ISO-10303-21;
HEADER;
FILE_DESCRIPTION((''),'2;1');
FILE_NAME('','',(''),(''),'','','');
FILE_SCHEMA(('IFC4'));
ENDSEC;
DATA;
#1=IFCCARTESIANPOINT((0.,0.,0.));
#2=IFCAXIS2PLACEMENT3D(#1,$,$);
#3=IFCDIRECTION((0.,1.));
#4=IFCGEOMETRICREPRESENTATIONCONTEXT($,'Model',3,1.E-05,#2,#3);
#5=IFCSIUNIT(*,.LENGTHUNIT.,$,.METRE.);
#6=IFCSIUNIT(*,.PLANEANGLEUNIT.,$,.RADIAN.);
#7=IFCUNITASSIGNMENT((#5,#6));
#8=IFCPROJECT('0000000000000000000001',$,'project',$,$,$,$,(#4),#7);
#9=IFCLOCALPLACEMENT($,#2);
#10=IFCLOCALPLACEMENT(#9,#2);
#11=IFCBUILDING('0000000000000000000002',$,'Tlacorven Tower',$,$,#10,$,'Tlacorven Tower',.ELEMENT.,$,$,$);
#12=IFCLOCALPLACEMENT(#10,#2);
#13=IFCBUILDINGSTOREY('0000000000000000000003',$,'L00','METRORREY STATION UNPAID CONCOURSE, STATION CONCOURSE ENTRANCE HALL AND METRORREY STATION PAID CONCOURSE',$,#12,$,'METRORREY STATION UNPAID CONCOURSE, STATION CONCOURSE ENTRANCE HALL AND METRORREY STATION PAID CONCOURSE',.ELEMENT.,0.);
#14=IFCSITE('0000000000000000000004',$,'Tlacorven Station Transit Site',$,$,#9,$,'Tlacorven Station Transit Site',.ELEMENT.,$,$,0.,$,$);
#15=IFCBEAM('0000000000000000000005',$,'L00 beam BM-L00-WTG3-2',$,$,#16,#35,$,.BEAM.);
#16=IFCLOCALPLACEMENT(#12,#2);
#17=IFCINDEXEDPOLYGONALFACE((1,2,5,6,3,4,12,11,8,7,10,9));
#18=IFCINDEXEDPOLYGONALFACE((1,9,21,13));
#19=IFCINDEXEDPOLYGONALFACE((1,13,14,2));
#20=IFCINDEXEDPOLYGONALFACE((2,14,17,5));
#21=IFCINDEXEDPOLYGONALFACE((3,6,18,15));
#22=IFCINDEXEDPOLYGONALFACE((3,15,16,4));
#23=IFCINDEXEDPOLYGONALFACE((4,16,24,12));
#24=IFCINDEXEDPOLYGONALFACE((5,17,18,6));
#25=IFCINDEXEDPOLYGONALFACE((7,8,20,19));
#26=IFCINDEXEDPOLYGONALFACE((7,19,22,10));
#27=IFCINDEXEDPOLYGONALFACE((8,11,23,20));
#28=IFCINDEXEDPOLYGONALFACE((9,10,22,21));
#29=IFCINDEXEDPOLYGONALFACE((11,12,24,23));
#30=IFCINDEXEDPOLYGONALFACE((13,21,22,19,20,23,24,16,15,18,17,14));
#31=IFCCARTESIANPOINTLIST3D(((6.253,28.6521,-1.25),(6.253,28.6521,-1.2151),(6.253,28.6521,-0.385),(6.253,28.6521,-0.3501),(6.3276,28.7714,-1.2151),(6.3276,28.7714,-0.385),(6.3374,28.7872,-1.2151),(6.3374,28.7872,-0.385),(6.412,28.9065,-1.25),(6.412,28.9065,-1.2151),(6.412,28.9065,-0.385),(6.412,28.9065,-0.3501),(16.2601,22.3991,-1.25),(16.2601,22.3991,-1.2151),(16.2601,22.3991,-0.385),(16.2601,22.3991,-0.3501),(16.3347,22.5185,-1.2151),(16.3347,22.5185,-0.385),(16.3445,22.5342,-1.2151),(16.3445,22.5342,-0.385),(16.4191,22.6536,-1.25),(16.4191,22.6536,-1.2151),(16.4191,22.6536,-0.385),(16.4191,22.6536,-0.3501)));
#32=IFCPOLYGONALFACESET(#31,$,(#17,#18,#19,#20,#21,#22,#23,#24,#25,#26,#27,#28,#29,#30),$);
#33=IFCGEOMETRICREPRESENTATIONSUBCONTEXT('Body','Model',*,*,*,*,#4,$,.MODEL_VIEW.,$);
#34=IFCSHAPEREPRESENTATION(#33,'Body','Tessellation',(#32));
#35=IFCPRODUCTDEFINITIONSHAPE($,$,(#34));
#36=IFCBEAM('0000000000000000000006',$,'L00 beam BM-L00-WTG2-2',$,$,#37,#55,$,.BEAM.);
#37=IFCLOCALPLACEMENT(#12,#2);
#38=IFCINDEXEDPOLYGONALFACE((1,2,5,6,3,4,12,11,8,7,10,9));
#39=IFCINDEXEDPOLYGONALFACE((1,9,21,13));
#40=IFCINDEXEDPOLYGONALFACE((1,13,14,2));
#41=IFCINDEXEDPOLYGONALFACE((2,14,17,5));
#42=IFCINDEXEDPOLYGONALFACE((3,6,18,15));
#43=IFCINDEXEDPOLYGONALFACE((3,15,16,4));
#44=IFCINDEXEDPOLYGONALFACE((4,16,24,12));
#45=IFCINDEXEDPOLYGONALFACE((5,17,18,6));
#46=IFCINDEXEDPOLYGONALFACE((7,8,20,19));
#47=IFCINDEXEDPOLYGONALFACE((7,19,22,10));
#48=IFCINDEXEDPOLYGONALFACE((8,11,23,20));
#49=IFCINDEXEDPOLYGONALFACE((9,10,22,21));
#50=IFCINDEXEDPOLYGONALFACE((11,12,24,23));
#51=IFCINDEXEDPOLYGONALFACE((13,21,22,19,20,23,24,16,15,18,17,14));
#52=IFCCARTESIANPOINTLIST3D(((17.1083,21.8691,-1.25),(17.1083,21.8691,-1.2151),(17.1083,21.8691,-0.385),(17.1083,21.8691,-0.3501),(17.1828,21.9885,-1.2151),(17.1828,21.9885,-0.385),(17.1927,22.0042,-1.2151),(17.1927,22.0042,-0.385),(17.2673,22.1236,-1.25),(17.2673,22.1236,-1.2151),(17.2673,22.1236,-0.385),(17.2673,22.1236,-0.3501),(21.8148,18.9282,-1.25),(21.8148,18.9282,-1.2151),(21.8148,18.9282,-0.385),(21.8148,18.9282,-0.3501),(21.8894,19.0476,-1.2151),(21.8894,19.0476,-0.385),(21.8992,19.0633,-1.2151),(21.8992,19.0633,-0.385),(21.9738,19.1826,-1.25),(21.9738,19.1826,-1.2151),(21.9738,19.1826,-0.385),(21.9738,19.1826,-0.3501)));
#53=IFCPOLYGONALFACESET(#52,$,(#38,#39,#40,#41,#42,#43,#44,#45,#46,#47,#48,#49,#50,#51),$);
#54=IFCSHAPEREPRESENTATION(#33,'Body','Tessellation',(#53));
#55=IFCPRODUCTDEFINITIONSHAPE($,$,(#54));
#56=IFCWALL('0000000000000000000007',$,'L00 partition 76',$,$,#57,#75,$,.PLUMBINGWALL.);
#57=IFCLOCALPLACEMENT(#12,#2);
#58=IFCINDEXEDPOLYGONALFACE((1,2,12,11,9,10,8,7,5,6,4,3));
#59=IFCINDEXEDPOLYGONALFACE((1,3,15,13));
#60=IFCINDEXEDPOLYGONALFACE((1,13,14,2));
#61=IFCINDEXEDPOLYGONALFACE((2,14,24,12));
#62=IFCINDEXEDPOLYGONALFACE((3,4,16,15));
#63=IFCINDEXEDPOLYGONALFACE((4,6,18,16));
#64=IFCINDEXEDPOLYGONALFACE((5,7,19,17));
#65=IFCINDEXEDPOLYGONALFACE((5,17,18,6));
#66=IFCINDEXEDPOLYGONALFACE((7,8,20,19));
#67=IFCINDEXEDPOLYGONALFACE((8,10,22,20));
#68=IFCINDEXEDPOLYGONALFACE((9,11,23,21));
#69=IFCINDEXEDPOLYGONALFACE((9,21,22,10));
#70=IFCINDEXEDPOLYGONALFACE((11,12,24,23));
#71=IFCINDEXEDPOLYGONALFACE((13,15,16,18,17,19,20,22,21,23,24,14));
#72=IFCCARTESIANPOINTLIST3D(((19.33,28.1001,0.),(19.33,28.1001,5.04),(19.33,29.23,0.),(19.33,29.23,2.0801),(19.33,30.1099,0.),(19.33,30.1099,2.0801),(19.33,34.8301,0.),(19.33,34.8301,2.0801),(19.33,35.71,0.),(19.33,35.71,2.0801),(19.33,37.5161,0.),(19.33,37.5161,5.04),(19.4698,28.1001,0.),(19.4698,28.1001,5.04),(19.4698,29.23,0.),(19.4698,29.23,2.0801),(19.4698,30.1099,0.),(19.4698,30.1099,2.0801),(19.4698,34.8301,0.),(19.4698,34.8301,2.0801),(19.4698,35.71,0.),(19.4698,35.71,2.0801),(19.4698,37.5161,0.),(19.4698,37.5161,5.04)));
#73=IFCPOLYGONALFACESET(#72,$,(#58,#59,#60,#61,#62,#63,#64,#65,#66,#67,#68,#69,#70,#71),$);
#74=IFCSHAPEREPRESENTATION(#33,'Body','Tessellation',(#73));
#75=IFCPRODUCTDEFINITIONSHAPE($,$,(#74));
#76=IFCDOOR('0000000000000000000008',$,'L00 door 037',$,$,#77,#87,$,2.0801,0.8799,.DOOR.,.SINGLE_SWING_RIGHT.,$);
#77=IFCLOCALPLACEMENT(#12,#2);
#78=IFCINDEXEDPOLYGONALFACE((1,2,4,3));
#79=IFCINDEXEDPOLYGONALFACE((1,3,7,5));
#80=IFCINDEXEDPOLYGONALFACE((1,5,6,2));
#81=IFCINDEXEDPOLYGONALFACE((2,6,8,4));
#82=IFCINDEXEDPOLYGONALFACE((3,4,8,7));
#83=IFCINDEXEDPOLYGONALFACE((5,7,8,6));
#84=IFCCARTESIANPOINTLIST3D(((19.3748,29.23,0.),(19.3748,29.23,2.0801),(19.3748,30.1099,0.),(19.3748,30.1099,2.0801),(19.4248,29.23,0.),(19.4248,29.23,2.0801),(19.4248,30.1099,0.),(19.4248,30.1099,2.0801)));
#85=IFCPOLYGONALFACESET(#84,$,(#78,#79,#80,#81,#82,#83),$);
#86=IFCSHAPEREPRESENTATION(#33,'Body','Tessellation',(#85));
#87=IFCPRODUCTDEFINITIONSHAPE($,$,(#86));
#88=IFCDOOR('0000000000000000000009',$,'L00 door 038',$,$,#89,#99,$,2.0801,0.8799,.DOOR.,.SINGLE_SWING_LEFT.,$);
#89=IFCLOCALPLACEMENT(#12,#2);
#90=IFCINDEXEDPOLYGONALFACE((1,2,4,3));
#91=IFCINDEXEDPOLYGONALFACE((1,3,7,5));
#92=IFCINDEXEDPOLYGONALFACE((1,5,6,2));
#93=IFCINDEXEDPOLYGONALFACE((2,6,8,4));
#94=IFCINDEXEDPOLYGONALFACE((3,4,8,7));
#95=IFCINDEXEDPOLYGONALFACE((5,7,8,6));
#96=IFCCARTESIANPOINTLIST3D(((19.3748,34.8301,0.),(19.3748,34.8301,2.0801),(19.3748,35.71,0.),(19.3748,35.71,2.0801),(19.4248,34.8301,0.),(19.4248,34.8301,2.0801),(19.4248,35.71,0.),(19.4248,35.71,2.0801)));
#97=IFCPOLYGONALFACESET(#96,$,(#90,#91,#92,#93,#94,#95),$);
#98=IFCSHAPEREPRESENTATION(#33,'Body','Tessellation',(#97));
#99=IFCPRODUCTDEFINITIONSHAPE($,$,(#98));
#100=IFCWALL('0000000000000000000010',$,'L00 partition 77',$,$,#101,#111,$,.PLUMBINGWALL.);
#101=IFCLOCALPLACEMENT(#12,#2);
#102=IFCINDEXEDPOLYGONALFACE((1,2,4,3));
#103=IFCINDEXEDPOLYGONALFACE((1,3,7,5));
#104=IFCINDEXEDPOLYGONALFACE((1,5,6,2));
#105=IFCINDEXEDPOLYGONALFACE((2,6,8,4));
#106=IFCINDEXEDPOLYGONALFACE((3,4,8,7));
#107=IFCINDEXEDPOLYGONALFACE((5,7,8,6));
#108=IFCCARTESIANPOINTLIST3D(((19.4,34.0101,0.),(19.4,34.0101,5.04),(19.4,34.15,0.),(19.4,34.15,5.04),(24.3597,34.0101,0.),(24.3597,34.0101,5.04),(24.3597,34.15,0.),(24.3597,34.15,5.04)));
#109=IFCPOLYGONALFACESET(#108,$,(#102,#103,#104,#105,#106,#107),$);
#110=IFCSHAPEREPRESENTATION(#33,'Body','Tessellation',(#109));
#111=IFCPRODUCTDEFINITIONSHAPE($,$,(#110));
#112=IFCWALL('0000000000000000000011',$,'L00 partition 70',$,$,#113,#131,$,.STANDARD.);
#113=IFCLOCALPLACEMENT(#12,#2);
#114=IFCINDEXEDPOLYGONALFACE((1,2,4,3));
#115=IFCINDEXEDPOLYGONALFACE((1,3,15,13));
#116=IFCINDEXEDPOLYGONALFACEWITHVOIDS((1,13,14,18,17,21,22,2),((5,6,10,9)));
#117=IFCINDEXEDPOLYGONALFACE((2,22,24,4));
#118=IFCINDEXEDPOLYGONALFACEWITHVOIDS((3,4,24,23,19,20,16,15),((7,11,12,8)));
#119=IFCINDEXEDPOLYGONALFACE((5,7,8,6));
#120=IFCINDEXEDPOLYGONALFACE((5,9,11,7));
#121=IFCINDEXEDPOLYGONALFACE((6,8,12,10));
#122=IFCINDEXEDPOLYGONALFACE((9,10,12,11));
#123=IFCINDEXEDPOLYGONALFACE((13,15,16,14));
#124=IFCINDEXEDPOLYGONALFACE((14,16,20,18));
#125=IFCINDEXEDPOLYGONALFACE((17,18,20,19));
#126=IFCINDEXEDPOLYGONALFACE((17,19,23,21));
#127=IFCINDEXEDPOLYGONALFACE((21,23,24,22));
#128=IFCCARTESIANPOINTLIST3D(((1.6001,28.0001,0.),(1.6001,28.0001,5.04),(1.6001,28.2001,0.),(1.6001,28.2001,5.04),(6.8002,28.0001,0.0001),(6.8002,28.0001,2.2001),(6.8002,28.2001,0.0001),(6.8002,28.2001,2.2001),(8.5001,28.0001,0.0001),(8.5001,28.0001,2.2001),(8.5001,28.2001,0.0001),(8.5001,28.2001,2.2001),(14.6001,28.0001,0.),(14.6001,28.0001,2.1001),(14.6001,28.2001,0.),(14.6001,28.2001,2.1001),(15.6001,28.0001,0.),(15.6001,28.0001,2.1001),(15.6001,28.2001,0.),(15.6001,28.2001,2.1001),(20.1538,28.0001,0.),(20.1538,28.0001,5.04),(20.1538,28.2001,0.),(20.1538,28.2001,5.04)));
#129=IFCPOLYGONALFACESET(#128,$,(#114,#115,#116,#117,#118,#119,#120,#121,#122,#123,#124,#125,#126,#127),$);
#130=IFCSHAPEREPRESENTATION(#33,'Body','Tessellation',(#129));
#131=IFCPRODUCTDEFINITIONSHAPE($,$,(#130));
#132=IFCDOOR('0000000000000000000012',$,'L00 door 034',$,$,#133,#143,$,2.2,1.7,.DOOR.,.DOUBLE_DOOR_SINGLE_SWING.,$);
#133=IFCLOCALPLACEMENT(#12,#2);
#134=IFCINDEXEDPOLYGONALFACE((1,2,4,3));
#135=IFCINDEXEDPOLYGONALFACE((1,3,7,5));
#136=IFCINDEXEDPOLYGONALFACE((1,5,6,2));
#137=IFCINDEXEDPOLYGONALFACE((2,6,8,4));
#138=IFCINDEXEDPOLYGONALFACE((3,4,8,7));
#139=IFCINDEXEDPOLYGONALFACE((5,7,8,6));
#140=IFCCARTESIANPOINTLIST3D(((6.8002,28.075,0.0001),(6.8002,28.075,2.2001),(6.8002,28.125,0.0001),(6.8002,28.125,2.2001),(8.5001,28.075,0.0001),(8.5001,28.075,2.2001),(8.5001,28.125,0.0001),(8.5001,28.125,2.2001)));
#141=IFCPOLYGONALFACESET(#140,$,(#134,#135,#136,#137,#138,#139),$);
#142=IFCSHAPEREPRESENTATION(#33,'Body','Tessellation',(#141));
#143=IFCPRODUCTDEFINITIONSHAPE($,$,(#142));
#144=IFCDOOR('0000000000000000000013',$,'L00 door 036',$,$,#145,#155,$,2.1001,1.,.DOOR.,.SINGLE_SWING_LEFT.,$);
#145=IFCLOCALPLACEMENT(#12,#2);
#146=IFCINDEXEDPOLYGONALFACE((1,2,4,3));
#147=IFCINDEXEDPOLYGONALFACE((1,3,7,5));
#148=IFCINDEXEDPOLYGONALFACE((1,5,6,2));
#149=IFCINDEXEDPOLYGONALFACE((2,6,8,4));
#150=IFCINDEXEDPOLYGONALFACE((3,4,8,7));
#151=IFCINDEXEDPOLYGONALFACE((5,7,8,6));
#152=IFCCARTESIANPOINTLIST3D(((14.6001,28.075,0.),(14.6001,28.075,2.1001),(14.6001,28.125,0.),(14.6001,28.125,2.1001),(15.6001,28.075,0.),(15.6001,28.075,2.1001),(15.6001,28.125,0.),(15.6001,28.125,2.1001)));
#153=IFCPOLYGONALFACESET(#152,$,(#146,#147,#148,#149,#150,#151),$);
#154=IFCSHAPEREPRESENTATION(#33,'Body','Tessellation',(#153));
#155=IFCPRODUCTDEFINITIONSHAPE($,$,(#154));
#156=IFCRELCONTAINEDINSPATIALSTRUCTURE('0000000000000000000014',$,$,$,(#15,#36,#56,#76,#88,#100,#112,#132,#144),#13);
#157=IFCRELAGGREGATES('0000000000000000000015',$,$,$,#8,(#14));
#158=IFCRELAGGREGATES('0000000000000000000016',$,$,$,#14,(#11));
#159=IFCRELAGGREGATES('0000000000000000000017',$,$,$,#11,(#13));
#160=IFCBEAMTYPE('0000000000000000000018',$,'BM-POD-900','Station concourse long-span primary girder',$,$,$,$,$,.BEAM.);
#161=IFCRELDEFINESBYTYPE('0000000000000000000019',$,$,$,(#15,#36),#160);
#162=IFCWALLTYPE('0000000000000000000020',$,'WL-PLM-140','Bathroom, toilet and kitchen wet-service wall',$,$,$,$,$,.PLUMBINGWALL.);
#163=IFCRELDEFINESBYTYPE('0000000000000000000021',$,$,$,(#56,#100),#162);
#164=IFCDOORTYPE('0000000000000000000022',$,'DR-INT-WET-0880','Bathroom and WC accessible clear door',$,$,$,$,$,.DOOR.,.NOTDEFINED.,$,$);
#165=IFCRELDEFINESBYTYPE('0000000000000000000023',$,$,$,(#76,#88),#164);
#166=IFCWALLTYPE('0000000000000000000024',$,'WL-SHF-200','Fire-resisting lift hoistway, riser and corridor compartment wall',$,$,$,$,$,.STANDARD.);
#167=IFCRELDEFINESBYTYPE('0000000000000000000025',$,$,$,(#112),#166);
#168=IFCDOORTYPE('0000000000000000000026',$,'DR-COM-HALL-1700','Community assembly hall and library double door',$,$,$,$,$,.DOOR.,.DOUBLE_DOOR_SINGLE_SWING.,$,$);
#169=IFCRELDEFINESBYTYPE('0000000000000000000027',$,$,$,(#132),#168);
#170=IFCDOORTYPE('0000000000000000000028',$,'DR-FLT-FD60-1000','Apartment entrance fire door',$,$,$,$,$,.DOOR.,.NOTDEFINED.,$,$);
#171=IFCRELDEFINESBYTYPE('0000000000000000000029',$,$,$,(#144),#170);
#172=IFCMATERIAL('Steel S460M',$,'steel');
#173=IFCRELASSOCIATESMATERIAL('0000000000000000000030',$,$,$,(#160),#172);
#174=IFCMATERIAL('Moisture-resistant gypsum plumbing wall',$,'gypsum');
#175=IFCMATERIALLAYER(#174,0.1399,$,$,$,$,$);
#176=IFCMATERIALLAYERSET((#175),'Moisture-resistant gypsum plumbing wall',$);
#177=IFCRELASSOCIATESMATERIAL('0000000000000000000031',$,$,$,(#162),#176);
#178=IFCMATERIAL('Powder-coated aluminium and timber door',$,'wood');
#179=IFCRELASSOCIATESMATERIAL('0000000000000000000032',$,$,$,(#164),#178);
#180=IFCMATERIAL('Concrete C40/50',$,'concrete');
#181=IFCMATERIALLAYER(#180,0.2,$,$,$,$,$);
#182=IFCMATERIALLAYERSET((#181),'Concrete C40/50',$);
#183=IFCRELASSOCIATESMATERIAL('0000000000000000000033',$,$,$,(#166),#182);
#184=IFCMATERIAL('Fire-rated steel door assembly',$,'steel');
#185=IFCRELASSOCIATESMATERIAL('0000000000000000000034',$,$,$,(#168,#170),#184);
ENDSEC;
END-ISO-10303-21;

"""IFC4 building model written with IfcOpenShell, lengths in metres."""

from ifc_helpers import new_model, si_unit, direction, frame, frame_2d, origin, origin_2d, place, context, subcontext, project, spatial, rectangle, i_section, extrude, source, transform, mapped, material, layer, layer_set, material_profile, profile_set, type_object, element, fill, save


model = new_model("IFC4")

# Units and contexts
model_context = context("Model", 3, precision=1e-05, world=origin(), true_north=direction((0.0, 1.0)))
body_context = subcontext(model_context, "Body", "Model", "MODEL_VIEW")
ifc_project = project(units=[si_unit("LENGTHUNIT", "METRE"), si_unit("PLANEANGLEUNIT", "RADIAN")], contexts=[model_context])

# Site, building, storey
site_placement = place(None, origin())
site = spatial("IfcSite", under=ifc_project, at=site_placement, Name="Tlacorven Station Transit Site", LongName="Tlacorven Station Transit Site", CompositionType="ELEMENT", RefElevation=0.0)
building_placement = place(site_placement, origin())
building = spatial("IfcBuilding", under=site, at=building_placement, Name="Tlacorven Tower", LongName="Tlacorven Tower", CompositionType="ELEMENT")
storey_placement = place(building_placement, origin())
storey = spatial("IfcBuildingStorey", under=building, at=storey_placement, Name="L00", Description="METRORREY STATION UNPAID CONCOURSE, STATION CONCOURSE ENTRANCE HALL AND METRORREY STATION PAID CONCOURSE", LongName="METRORREY STATION UNPAID CONCOURSE, STATION CONCOURSE ENTRANCE HALL AND METRORREY STATION PAID CONCOURSE", CompositionType="ELEMENT", Elevation=0.0)

# Shared definitions
ifc_material_1 = material(Name="Steel S460M", Category="steel")

# Beams
ifc_material_profile_1 = material_profile(ifc_material_1, i_section(OverallWidth=0.3, OverallDepth=0.8999, WebThickness=0.0186, FlangeThickness=0.0349, at=origin_2d()), Name="HEB 900")
ifc_profile_set_1 = profile_set([ifc_material_profile_1], Name="Steel S460M")
beam_type = type_object("IfcBeamType", Name="BM-POD-900", Description="Station concourse long-span primary girder", PredefinedType="BEAM", material=ifc_profile_set_1)
shared_shape_1 = source(origin(), body_context, "Body", "SweptSolid", [
    extrude(i_section(OverallWidth=0.3, OverallDepth=0.8999, WebThickness=0.0186, FlangeThickness=0.0349, at=origin_2d()), origin(), (0.0, 0.0, 1.0), 11.8),
])
for number, where, z_axis, x_axis, name in (
    (1, (16.3396, 22.5264, -0.8), (-0.848055, 0.529908, 0.0), (-0.529908, -0.848055, 0.0), "L00 beam BM-L00-WTG3-2"),
):
    element("IfcBeam", number, at=place(storey_placement, frame(where, z_axis=z_axis, x_axis=x_axis)), inside=storey, type_object=beam_type, Name=name, PredefinedType="BEAM", context=body_context, shape_type="MappedRepresentation", body=[
        mapped(shared_shape_1, transform((0.0, 0.0, 0.0), scale=1.0)),
    ])
shared_shape_2 = source(origin(), body_context, "Body", "SweptSolid", [
    extrude(i_section(OverallWidth=0.3, OverallDepth=0.8999, WebThickness=0.0186, FlangeThickness=0.0349, at=origin_2d()), origin(), (0.0, 0.0, 1.0), 5.5498),
])
beam_1_placement = place(storey_placement, frame((21.8943, 19.0554, -0.8), z_axis=(-0.848053, 0.529912, 0.0), x_axis=(-0.529912, -0.848053, 0.0)))
element("IfcBeam", 2, at=beam_1_placement, inside=storey, type_object=beam_type, Name="L00 beam BM-L00-WTG2-2", PredefinedType="BEAM", context=body_context, shape_type="MappedRepresentation", body=[
    mapped(shared_shape_2, transform((0.0, 0.0, 0.0), scale=1.0)),
])

# Wall, openings, doors
ifc_material_2 = material(Name="Moisture-resistant gypsum plumbing wall", Category="gypsum")
ifc_layer_1 = layer(ifc_material_2, 0.1399)
ifc_layer_set_1 = layer_set([ifc_layer_1], Name="Moisture-resistant gypsum plumbing wall")
wall_type_1 = type_object("IfcWallType", Name="WL-PLM-140", Description="Bathroom, toilet and kitchen wet-service wall", PredefinedType="PLUMBINGWALL", material=ifc_layer_set_1)
wall_1_placement = place(storey_placement, frame((19.3999, 28.1001, 0.0), z_axis=(0.0, 0.0, 1.0), x_axis=(0.0, 1.0, 0.0)))
wall_1 = element("IfcWall", 3, at=wall_1_placement, inside=storey, type_object=wall_type_1, Name="L00 partition 76", PredefinedType="PLUMBINGWALL", context=body_context, shape_type="SweptSolid", body=[
    extrude(rectangle(XDim=9.416, YDim=0.1399, at=frame_2d((4.708, 0.0))), origin(), (0.0, 0.0, 1.0), 5.04),
])
opening_1_placement = place(wall_1_placement, frame((1.1299, 0.0, 0.0)))
opening_1 = element("IfcOpeningElement", 4, at=opening_1_placement, cuts=wall_1, PredefinedType="OPENING", context=body_context, shape_type="SweptSolid", body=[
    extrude(rectangle(XDim=0.8799, YDim=2.0801, at=frame_2d((0.4399, 1.04))), frame((0.0, 0.0801, 0.0), z_axis=(0.0, -1.0, 0.0), x_axis=(1.0, 0.0, 0.0)), (0.0, 0.0, 1.0), 0.1599),
])
opening_2_placement = place(wall_1_placement, frame((6.73, 0.0, 0.0)))
opening_2 = element("IfcOpeningElement", 5, at=opening_2_placement, cuts=wall_1, PredefinedType="OPENING", context=body_context, shape_type="SweptSolid", body=[
    extrude(rectangle(XDim=0.8799, YDim=2.0801, at=frame_2d((0.4399, 1.04))), frame((0.0, 0.0801, 0.0), z_axis=(0.0, -1.0, 0.0), x_axis=(1.0, 0.0, 0.0)), (0.0, 0.0, 1.0), 0.1599),
])
ifc_material_3 = material(Name="Powder-coated aluminium and timber door", Category="wood")
door_type_1 = type_object("IfcDoorType", Name="DR-INT-WET-0880", Description="Bathroom and WC accessible clear door", OperationType="NOTDEFINED", PredefinedType="DOOR", material=ifc_material_3)
shared_shape_3 = source(origin(), body_context, "Body", "SweptSolid", [
    extrude(rectangle(XDim=0.8799, YDim=2.0801, at=frame_2d((0.4399, 1.04))), frame((0.0, 0.0249, 0.0), z_axis=(0.0, -1.0, 0.0), x_axis=(1.0, 0.0, 0.0)), (0.0, 0.0, 1.0), 0.05),
])
door_1_placement = place(opening_1_placement, frame((0.8799, 0.0, 0.0), z_axis=(0.0, 0.0, 1.0), x_axis=(-1.0, 0.0, 0.0)))
door_1 = element("IfcDoor", 6, at=door_1_placement, inside=storey, type_object=door_type_1, Name="L00 door 037", OperationType="SINGLE_SWING_RIGHT", OverallHeight=2.0801, OverallWidth=0.8799, PredefinedType="DOOR", context=body_context, shape_type="MappedRepresentation", body=[
    mapped(shared_shape_3, transform((0.0, 0.0, 0.0), scale=1.0)),
])
fill(opening_1, door_1)
door_2_placement = place(opening_2_placement, frame((0.8799, 0.0, 0.0), z_axis=(0.0, 0.0, 1.0), x_axis=(-1.0, 0.0, 0.0)))
door_2 = element("IfcDoor", 7, at=door_2_placement, inside=storey, type_object=door_type_1, Name="L00 door 038", OperationType="SINGLE_SWING_LEFT", OverallHeight=2.0801, OverallWidth=0.8799, PredefinedType="DOOR", context=body_context, shape_type="MappedRepresentation", body=[
    mapped(shared_shape_3, transform((0.0, 0.0, 0.0), scale=1.0)),
])
fill(opening_2, door_2)

# Wall
wall_2_placement = place(storey_placement, frame((19.3999, 34.0801, 0.0), z_axis=(0.0, 0.0, 1.0), x_axis=(1.0, 0.0, 0.0)))
element("IfcWall", 8, at=wall_2_placement, inside=storey, type_object=wall_type_1, Name="L00 partition 77", PredefinedType="PLUMBINGWALL", context=body_context, shape_type="SweptSolid", body=[
    extrude(rectangle(XDim=4.9597, YDim=0.1399, at=frame_2d((2.48, 0.0))), origin(), (0.0, 0.0, 1.0), 5.04),
])

# Wall, openings, doors
ifc_material_4 = material(Name="Concrete C40/50", Category="concrete")
ifc_layer_2 = layer(ifc_material_4, 0.2)
ifc_layer_set_2 = layer_set([ifc_layer_2], Name="Concrete C40/50")
wall_type_2 = type_object("IfcWallType", Name="WL-SHF-200", Description="Fire-resisting lift hoistway, riser and corridor compartment wall", PredefinedType="STANDARD", material=ifc_layer_set_2)
wall_3_placement = place(storey_placement, frame((1.6001, 28.1001, 0.0), z_axis=(0.0, 0.0, 1.0), x_axis=(1.0, 0.0, 0.0)))
wall_3 = element("IfcWall", 9, at=wall_3_placement, inside=storey, type_object=wall_type_2, Name="L00 partition 70", PredefinedType="STANDARD", context=body_context, shape_type="SweptSolid", body=[
    extrude(rectangle(XDim=18.5537, YDim=0.2, at=frame_2d((9.2769, 0.0))), origin(), (0.0, 0.0, 1.0), 5.04),
])
opening_3_placement = place(wall_3_placement, frame((5.2, 0.0, 0.0)))
opening_3 = element("IfcOpeningElement", 10, at=opening_3_placement, cuts=wall_3, PredefinedType="OPENING", context=body_context, shape_type="SweptSolid", body=[
    extrude(rectangle(XDim=1.7, YDim=2.2, at=frame_2d((0.8501, 1.1001))), frame((0.0, 0.1099, 0.0), z_axis=(0.0, -1.0, 0.0), x_axis=(1.0, 0.0, 0.0)), (0.0, 0.0, 1.0), 0.22),
])
opening_4_placement = place(wall_3_placement, frame((13.0, 0.0, 0.0)))
opening_4 = element("IfcOpeningElement", 11, at=opening_4_placement, cuts=wall_3, PredefinedType="OPENING", context=body_context, shape_type="SweptSolid", body=[
    extrude(rectangle(XDim=1.0, YDim=2.1001, at=frame_2d((0.5, 1.05))), frame((0.0, 0.1099, 0.0), z_axis=(0.0, -1.0, 0.0), x_axis=(1.0, 0.0, 0.0)), (0.0, 0.0, 1.0), 0.22),
])
ifc_material_5 = material(Name="Fire-rated steel door assembly", Category="steel")
door_type_2 = type_object("IfcDoorType", Name="DR-COM-HALL-1700", Description="Community assembly hall and library double door", OperationType="DOUBLE_DOOR_SINGLE_SWING", PredefinedType="DOOR", material=ifc_material_5)
shared_shape_4 = source(origin(), body_context, "Body", "SweptSolid", [
    extrude(rectangle(XDim=1.7, YDim=2.2, at=frame_2d((0.8501, 1.1001))), frame((0.0, 0.0249, 0.0), z_axis=(0.0, -1.0, 0.0), x_axis=(1.0, 0.0, 0.0)), (0.0, 0.0, 1.0), 0.05),
])
door_3_placement = place(opening_3_placement, origin())
door_3 = element("IfcDoor", 12, at=door_3_placement, inside=storey, type_object=door_type_2, Name="L00 door 034", OperationType="DOUBLE_DOOR_SINGLE_SWING", OverallHeight=2.2, OverallWidth=1.7, PredefinedType="DOOR", context=body_context, shape_type="MappedRepresentation", body=[
    mapped(shared_shape_4, transform((0.0, 0.0, 0.0), scale=1.0)),
])
fill(opening_3, door_3)
door_type_3 = type_object("IfcDoorType", Name="DR-FLT-FD60-1000", Description="Apartment entrance fire door", OperationType="NOTDEFINED", PredefinedType="DOOR", material=ifc_material_5)
shared_shape_5 = source(origin(), body_context, "Body", "SweptSolid", [
    extrude(rectangle(XDim=1.0, YDim=2.1001, at=frame_2d((0.5, 1.05))), frame((0.0, 0.0249, 0.0), z_axis=(0.0, -1.0, 0.0), x_axis=(1.0, 0.0, 0.0)), (0.0, 0.0, 1.0), 0.05),
])
door_4_placement = place(opening_4_placement, origin())
door_4 = element("IfcDoor", 13, at=door_4_placement, inside=storey, type_object=door_type_3, Name="L00 door 036", OperationType="SINGLE_SWING_LEFT", OverallHeight=2.1001, OverallWidth=1.0, PredefinedType="DOOR", context=body_context, shape_type="MappedRepresentation", body=[
    mapped(shared_shape_5, transform((0.0, 0.0, 0.0), scale=1.0)),
])
fill(opening_4, door_4)

save(model, "model.ifc")
